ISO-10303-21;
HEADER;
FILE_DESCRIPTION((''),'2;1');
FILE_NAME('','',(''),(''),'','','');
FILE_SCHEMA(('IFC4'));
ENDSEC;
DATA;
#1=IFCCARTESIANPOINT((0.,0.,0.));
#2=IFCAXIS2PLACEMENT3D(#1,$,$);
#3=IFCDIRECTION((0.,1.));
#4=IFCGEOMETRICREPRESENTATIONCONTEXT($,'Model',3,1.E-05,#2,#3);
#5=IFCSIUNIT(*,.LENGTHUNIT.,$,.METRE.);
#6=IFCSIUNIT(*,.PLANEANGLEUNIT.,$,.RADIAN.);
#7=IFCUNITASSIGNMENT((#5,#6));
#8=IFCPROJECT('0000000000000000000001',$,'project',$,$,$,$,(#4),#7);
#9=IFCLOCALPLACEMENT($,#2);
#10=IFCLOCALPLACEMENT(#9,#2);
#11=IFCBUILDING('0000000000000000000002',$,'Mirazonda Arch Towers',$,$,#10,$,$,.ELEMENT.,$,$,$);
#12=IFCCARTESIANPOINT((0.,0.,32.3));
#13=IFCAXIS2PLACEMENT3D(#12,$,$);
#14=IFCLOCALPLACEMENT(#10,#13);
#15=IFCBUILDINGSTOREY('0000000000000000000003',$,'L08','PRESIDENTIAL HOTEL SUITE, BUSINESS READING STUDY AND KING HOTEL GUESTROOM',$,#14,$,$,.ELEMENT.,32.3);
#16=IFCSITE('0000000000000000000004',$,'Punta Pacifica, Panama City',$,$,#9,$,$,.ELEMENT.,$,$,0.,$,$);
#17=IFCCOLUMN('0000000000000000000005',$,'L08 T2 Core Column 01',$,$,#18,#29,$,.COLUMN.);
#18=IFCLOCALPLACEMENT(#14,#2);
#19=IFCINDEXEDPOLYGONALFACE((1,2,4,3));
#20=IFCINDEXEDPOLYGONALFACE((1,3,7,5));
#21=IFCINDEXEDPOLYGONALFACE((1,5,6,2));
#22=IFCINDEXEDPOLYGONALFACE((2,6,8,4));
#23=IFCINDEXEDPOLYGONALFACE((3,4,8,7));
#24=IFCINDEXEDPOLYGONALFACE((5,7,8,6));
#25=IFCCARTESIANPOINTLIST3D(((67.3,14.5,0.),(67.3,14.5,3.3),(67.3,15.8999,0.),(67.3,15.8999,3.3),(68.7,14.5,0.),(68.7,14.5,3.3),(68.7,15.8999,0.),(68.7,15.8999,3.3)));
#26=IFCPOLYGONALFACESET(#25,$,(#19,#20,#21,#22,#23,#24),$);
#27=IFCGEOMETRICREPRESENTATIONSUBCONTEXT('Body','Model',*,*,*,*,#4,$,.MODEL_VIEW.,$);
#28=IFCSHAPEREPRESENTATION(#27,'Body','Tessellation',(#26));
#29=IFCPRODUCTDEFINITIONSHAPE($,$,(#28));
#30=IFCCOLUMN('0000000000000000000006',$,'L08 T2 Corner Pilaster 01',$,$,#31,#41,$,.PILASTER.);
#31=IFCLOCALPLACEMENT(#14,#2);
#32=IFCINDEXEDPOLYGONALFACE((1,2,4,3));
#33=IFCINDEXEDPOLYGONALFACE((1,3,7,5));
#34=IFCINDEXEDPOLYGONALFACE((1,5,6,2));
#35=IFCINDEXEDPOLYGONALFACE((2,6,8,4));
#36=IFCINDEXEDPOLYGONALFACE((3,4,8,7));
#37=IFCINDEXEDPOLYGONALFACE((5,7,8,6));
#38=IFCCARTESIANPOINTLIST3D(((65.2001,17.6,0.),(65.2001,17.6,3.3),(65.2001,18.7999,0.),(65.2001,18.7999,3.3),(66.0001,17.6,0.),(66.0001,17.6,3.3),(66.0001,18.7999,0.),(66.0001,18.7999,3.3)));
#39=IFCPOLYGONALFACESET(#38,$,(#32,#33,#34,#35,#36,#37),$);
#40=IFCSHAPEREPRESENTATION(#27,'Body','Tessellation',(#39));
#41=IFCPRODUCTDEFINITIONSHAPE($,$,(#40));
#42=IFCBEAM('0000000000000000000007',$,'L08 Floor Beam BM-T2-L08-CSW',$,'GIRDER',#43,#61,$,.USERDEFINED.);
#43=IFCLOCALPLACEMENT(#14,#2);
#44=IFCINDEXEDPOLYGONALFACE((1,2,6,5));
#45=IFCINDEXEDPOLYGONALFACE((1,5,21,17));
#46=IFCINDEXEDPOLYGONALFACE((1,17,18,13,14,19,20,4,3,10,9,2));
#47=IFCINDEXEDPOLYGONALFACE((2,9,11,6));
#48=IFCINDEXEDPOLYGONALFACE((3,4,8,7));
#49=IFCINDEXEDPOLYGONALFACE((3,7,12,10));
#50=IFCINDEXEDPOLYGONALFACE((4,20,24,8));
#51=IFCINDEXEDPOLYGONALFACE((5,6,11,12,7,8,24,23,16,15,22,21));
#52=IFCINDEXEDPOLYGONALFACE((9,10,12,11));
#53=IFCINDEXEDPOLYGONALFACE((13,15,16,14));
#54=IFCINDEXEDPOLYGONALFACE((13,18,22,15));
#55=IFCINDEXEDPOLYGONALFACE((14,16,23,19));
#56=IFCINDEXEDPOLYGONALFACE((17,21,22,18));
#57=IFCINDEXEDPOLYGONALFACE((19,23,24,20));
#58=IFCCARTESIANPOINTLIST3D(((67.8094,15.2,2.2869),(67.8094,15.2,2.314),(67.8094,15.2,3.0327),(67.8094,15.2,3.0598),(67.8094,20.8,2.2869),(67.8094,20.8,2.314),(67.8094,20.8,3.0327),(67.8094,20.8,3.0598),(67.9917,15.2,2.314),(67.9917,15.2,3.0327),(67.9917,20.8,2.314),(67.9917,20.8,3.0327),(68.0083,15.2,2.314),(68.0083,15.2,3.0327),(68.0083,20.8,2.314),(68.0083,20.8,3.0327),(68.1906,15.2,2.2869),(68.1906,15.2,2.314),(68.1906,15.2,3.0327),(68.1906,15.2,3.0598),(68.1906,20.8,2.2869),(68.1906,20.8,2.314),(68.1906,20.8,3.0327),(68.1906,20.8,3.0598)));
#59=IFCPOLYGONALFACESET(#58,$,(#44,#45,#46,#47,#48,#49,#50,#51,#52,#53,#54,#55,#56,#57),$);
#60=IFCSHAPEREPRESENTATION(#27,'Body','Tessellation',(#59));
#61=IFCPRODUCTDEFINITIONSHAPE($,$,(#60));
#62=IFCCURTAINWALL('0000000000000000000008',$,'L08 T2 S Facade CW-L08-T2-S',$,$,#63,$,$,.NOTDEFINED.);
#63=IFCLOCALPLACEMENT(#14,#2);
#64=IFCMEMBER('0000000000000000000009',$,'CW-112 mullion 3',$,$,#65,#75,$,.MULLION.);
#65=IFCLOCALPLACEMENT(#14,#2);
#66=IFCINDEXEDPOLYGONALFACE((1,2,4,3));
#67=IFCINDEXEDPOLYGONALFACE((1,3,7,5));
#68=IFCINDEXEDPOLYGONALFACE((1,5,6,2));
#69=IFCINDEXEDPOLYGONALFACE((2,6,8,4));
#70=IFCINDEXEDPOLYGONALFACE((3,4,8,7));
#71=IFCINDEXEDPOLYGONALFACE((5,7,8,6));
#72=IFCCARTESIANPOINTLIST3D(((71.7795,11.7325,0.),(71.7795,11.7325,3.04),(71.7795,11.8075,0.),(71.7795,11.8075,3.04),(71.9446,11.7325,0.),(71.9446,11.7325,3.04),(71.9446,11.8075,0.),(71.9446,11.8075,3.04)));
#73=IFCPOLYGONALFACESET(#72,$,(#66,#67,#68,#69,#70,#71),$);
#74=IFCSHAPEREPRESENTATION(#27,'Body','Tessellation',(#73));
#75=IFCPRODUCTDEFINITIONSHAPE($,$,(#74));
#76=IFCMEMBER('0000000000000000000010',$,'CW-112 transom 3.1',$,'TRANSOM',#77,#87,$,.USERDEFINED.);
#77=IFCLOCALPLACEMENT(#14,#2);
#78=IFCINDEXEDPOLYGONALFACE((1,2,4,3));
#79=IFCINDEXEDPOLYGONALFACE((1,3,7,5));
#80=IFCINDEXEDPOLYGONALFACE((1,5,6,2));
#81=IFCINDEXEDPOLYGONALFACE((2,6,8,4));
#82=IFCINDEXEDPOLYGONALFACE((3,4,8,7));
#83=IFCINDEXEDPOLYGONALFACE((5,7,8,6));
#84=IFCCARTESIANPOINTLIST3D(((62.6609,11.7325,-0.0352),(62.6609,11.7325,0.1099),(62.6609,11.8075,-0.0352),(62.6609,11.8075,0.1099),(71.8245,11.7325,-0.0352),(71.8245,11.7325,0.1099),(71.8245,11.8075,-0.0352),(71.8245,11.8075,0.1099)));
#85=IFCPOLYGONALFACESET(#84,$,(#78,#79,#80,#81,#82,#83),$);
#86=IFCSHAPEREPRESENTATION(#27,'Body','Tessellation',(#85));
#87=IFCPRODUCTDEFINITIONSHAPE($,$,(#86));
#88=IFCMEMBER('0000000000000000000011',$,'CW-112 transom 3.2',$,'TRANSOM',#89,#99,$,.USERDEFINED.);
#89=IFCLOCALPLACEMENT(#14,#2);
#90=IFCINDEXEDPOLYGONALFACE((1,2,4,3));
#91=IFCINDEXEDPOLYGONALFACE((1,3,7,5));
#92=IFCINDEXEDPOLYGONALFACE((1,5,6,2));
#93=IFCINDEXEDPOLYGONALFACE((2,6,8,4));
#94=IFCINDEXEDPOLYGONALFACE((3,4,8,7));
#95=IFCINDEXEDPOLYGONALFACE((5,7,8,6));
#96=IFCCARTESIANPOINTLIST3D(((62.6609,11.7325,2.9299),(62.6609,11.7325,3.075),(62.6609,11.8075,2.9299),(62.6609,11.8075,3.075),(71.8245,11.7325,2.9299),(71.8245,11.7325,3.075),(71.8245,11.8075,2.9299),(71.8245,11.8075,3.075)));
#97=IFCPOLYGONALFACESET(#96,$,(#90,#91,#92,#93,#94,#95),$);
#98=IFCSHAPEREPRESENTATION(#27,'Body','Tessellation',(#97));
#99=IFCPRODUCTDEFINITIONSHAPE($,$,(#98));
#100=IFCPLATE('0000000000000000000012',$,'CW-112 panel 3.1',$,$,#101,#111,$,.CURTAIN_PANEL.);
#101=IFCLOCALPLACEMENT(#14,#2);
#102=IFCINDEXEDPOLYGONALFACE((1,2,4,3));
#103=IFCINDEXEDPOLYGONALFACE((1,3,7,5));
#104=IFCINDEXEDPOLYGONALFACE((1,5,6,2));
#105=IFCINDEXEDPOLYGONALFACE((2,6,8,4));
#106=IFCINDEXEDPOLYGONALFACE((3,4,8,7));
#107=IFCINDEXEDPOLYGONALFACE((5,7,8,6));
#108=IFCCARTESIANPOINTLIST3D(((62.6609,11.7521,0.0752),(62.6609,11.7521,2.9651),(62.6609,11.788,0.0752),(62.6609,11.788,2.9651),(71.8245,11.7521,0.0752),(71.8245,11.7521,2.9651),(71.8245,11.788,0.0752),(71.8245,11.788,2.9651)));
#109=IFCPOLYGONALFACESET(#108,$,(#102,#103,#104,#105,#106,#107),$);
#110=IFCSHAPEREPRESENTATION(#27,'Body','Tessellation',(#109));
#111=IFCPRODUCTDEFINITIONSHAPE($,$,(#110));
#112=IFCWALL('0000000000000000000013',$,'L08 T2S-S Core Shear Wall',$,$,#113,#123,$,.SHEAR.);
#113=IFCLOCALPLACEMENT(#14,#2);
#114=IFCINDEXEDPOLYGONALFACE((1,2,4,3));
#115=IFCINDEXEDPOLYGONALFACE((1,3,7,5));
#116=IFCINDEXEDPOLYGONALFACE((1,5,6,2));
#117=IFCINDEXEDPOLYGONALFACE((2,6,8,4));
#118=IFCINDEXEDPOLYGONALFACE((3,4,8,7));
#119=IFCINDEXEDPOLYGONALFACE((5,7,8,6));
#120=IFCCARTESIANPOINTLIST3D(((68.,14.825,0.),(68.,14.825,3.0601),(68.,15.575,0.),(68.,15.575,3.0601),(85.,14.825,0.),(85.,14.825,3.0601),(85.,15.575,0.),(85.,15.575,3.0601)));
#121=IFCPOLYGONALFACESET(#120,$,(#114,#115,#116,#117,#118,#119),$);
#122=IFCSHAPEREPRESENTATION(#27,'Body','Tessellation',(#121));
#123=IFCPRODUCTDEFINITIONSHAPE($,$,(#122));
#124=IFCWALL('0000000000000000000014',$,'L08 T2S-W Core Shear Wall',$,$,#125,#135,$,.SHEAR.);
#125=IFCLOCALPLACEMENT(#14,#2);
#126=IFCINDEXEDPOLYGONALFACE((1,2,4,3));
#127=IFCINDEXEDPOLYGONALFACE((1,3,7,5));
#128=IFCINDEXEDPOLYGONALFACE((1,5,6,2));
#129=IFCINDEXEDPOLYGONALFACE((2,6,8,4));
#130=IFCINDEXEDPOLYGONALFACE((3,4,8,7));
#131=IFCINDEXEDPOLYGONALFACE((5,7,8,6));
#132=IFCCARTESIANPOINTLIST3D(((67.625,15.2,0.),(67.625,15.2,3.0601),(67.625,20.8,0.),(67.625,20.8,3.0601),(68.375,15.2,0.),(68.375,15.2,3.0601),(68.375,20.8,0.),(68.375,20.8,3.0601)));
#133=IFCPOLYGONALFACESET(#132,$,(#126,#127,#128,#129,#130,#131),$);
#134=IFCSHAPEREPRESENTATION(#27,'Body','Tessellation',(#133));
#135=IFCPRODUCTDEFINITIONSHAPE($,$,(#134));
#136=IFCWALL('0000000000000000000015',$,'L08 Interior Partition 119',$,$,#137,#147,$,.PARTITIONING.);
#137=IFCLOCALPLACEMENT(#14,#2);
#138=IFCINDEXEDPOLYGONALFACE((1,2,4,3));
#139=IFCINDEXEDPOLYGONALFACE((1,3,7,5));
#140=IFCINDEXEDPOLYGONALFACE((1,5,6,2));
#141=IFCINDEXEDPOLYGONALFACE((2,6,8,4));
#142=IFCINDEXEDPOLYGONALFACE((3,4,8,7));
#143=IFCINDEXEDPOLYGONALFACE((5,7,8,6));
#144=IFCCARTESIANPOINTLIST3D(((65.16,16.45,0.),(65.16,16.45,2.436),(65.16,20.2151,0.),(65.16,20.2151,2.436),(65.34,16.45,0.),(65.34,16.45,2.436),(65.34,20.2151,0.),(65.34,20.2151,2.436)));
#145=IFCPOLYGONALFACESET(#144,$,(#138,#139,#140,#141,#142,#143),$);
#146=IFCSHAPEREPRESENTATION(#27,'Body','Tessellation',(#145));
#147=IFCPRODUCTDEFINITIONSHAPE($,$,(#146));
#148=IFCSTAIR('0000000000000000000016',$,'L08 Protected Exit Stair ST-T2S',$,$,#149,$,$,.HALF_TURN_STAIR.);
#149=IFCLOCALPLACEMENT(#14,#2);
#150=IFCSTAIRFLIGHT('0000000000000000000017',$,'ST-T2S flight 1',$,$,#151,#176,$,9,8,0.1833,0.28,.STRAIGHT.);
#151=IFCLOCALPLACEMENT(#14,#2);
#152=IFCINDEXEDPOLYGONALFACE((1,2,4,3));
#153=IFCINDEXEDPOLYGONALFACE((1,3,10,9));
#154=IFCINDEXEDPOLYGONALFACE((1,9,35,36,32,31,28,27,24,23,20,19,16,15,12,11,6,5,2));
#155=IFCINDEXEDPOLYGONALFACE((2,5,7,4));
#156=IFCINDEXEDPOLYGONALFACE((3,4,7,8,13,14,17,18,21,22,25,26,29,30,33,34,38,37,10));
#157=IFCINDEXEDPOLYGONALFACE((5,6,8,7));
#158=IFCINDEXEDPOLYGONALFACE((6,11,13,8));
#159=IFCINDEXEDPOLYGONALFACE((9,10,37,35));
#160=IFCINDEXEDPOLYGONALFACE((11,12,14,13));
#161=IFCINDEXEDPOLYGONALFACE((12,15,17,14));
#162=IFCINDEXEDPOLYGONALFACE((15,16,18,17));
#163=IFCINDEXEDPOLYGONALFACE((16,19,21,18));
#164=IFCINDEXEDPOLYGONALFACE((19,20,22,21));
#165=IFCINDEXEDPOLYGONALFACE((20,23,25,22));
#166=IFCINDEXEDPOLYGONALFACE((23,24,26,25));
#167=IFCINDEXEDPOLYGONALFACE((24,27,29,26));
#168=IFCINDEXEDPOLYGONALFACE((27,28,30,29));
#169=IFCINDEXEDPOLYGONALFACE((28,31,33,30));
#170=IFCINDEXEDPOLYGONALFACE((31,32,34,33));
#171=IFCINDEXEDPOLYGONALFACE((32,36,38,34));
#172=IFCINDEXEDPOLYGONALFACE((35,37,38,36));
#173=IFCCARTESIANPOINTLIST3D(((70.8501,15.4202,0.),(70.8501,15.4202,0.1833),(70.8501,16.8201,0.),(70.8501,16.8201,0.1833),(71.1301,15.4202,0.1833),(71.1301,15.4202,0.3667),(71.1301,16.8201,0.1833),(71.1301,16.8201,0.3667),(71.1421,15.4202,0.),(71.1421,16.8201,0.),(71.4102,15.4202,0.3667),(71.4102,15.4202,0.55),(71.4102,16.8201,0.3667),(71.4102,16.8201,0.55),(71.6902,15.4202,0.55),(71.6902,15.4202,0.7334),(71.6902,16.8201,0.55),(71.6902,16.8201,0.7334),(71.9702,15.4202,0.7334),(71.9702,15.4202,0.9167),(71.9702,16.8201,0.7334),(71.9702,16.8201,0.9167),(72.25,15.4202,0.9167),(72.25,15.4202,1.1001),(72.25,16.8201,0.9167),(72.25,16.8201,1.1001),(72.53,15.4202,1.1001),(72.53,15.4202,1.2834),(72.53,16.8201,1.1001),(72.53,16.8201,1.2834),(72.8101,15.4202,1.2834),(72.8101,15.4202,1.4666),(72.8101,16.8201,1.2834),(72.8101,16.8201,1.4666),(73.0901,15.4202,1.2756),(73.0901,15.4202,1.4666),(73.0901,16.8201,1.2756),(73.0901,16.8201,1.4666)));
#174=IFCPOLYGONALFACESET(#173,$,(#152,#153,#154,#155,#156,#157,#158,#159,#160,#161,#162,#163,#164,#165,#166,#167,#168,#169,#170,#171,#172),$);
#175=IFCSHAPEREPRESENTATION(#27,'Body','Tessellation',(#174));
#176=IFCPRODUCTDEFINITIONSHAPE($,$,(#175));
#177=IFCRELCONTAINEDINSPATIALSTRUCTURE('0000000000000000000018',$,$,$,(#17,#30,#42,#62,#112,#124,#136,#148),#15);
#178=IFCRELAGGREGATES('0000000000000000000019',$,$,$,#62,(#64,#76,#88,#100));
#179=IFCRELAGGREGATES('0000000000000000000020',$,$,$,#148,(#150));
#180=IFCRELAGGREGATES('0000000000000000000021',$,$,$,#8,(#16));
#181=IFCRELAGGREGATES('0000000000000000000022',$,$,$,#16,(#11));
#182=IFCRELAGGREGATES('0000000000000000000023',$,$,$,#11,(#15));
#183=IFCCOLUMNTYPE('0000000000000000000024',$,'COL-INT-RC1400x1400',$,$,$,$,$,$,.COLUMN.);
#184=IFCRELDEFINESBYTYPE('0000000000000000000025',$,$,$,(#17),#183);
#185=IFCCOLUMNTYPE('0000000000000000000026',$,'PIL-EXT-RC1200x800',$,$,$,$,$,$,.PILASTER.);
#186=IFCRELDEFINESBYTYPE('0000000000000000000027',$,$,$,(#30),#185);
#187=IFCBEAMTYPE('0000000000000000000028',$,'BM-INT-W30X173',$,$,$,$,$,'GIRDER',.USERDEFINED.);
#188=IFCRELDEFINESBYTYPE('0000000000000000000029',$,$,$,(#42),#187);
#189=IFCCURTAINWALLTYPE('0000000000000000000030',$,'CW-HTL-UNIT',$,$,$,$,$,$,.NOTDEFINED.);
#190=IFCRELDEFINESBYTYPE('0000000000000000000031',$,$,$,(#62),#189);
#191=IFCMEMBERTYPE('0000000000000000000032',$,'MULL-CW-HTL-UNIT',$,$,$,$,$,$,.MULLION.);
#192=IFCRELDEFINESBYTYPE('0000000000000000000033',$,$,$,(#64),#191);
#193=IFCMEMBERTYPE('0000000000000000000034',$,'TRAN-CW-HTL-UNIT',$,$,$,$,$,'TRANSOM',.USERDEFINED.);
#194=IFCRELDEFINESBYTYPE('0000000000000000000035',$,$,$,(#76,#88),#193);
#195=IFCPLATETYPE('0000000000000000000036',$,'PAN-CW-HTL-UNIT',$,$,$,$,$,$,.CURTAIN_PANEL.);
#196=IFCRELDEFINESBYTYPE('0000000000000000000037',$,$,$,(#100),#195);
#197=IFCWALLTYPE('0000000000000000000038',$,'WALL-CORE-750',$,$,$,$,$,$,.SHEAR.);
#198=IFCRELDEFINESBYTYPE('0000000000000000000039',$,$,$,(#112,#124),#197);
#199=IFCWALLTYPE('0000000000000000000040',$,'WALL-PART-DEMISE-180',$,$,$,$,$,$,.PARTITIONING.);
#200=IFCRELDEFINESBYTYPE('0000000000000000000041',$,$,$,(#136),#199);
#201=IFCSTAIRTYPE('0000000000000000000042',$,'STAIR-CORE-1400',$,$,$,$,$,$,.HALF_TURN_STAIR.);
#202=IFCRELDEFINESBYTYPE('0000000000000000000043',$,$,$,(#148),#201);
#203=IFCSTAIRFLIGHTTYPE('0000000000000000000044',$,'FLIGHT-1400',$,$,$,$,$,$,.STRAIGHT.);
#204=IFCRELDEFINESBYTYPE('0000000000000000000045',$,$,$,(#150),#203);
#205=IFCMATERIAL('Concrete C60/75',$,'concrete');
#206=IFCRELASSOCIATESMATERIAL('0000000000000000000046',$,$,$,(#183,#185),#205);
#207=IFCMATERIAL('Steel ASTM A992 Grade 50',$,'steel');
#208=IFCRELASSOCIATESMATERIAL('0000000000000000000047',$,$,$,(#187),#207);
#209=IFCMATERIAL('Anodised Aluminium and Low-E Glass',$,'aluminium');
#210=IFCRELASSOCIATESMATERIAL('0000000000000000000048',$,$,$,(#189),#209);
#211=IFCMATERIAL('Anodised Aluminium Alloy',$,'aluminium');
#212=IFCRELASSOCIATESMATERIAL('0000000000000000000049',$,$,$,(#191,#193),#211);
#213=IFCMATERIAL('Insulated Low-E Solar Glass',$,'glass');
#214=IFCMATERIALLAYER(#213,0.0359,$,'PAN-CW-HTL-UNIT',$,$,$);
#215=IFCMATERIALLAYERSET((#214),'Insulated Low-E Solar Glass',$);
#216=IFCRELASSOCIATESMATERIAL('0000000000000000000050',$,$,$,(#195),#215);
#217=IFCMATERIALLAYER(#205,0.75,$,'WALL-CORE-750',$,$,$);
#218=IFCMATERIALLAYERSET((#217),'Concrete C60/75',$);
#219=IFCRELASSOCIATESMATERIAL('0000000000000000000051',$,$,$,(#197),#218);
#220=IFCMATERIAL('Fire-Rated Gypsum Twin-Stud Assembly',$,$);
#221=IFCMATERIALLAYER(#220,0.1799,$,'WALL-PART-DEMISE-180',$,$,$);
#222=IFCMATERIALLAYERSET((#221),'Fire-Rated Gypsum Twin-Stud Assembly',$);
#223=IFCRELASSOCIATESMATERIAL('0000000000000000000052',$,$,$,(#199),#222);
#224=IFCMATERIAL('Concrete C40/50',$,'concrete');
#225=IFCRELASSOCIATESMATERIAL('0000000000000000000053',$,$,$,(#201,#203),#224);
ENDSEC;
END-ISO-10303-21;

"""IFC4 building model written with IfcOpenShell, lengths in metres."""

from ifc_helpers import new_model, si_unit, direction, frame, frame_2d, origin, origin_2d, place, context, subcontext, project, spatial, polyline, rectangle, i_section, outline, extrude, material, layer, layer_set, material_profile, profile_set, type_object, element, aggregate, save


model = new_model("IFC4")

# Units and contexts
model_context = context("Model", 3, precision=1e-05, world=origin(), true_north=direction((0.0, 1.0)))
body_context = subcontext(model_context, "Body", "Model", "MODEL_VIEW")
ifc_project = project(units=[si_unit("LENGTHUNIT", "METRE"), si_unit("PLANEANGLEUNIT", "RADIAN")], contexts=[model_context])

# Site, building, storey
site_placement = place(None, origin())
site = spatial("IfcSite", under=ifc_project, at=site_placement, Name="Punta Pacifica, Panama City", CompositionType="ELEMENT", RefElevation=0.0)
building_placement = place(site_placement, origin())
building = spatial("IfcBuilding", under=site, at=building_placement, Name="Mirazonda Arch Towers", CompositionType="ELEMENT")
storey_placement = place(building_placement, frame((0.0, 0.0, 32.3)))
storey = spatial("IfcBuildingStorey", under=building, at=storey_placement, Name="L08", Description="PRESIDENTIAL HOTEL SUITE, BUSINESS READING STUDY AND KING HOTEL GUESTROOM", CompositionType="ELEMENT", Elevation=32.3)

# Columns
ifc_material_1 = material(Name="Concrete C60/75", Category="concrete")
ifc_material_profile_1 = material_profile(ifc_material_1, rectangle(XDim=1.3999, YDim=1.3999, at=origin_2d()), Name="RC1400x1400")
ifc_profile_set_1 = profile_set([ifc_material_profile_1], Name="Concrete C60/75")
column_type_1 = type_object("IfcColumnType", Name="COL-INT-RC1400x1400", PredefinedType="COLUMN", material=ifc_profile_set_1)
column_1_placement = place(storey_placement, frame((68.0, 15.2, 0.0), z_axis=(0.0, 0.0, 1.0), x_axis=(1.0, 0.0, 0.0)))
element("IfcColumn", 1, at=column_1_placement, inside=storey, type_object=column_type_1, Name="L08 T2 Core Column 01", PredefinedType="COLUMN", context=body_context, shape_type="SweptSolid", body=[
    extrude(rectangle(XDim=1.3999, YDim=1.3999, at=origin_2d()), origin(), (0.0, 0.0, 1.0), 3.3),
])
ifc_material_profile_2 = material_profile(ifc_material_1, rectangle(XDim=0.8, YDim=1.2, at=origin_2d()), Name="RC1200x800")
ifc_profile_set_2 = profile_set([ifc_material_profile_2], Name="Concrete C60/75")
column_type_2 = type_object("IfcColumnType", Name="PIL-EXT-RC1200x800", PredefinedType="PILASTER", material=ifc_profile_set_2)
column_2_placement = place(storey_placement, frame((65.6001, 18.2, 0.0), z_axis=(0.0, 0.0, 1.0), x_axis=(1.0, 0.0, 0.0)))
element("IfcColumn", 2, at=column_2_placement, inside=storey, type_object=column_type_2, Name="L08 T2 Corner Pilaster 01", PredefinedType="PILASTER", context=body_context, shape_type="SweptSolid", body=[
    extrude(rectangle(XDim=0.8, YDim=1.2, at=origin_2d()), origin(), (0.0, 0.0, 1.0), 3.3),
])

# Beam
ifc_material_2 = material(Name="Steel ASTM A992 Grade 50", Category="steel")
ifc_material_profile_3 = material_profile(ifc_material_2, i_section(OverallWidth=0.3811, OverallDepth=0.7729, WebThickness=0.0166, FlangeThickness=0.0271, at=origin_2d()), Name="W30X173")
ifc_profile_set_3 = profile_set([ifc_material_profile_3], Name="Steel ASTM A992 Grade 50")
beam_type = type_object("IfcBeamType", Name="BM-INT-W30X173", ElementType="GIRDER", PredefinedType="USERDEFINED", material=ifc_profile_set_3)
beam_placement = place(storey_placement, frame((68.0, 15.2, 2.6733), z_axis=(0.0, 1.0, 0.0), x_axis=(-1.0, 0.0, 0.0)))
element("IfcBeam", 3, at=beam_placement, inside=storey, type_object=beam_type, Name="L08 Floor Beam BM-T2-L08-CSW", ObjectType="GIRDER", PredefinedType="USERDEFINED", context=body_context, shape_type="SweptSolid", body=[
    extrude(i_section(OverallWidth=0.3811, OverallDepth=0.7729, WebThickness=0.0166, FlangeThickness=0.0271, at=origin_2d()), origin(), (0.0, 0.0, 1.0), 5.6001),
])

# Curtain wall, members, plate
ifc_material_3 = material(Name="Anodised Aluminium and Low-E Glass", Category="aluminium")
curtain_wall_type = type_object("IfcCurtainWallType", Name="CW-HTL-UNIT", PredefinedType="NOTDEFINED", material=ifc_material_3)
curtain_wall_placement = place(storey_placement, origin())
curtain_wall = element("IfcCurtainWall", 4, at=curtain_wall_placement, inside=storey, type_object=curtain_wall_type, Name="L08 T2 S Facade CW-L08-T2-S", PredefinedType="NOTDEFINED")
ifc_material_4 = material(Name="Anodised Aluminium Alloy", Category="aluminium")
ifc_material_profile_4 = material_profile(ifc_material_4, rectangle(XDim=0.075, YDim=0.165, at=origin_2d()), Name="ALU-MULL-75x165")
ifc_profile_set_4 = profile_set([ifc_material_profile_4], Name="Anodised Aluminium Alloy")
member_type_1 = type_object("IfcMemberType", Name="MULL-CW-HTL-UNIT", PredefinedType="MULLION", material=ifc_profile_set_4)
member_1_placement = place(storey_placement, frame((71.8621, 11.77, 0.0), z_axis=(0.0, 0.0, 1.0), x_axis=(0.0, -1.0, 0.0)))
member_1 = element("IfcMember", 5, at=member_1_placement, type_object=member_type_1, Name="CW-112 mullion 3", PredefinedType="MULLION", context=body_context, shape_type="SweptSolid", body=[
    extrude(rectangle(XDim=0.075, YDim=0.165, at=origin_2d()), origin(), (0.0, 0.0, 1.0), 3.04),
])
ifc_material_profile_5 = material_profile(ifc_material_4, rectangle(XDim=0.075, YDim=0.145, at=origin_2d()), Name="ALU-TRAN-75x145")
ifc_profile_set_5 = profile_set([ifc_material_profile_5], Name="Anodised Aluminium Alloy")
member_type_2 = type_object("IfcMemberType", Name="TRAN-CW-HTL-UNIT", ElementType="TRANSOM", PredefinedType="USERDEFINED", material=ifc_profile_set_5)
member_2_placement = place(storey_placement, frame((71.8245, 11.77, 0.0374), z_axis=(-1.0, 0.0, 0.0), x_axis=(0.0, -1.0, 0.0)))
member_2 = element("IfcMember", 6, at=member_2_placement, type_object=member_type_2, Name="CW-112 transom 3.1", ObjectType="TRANSOM", PredefinedType="USERDEFINED", context=body_context, shape_type="SweptSolid", body=[
    extrude(rectangle(XDim=0.075, YDim=0.145, at=origin_2d()), origin(), (0.0, 0.0, 1.0), 9.1636),
])
member_3_placement = place(storey_placement, frame((71.8245, 11.77, 3.0024), z_axis=(-1.0, 0.0, 0.0), x_axis=(0.0, -1.0, 0.0)))
member_3 = element("IfcMember", 7, at=member_3_placement, type_object=member_type_2, Name="CW-112 transom 3.2", ObjectType="TRANSOM", PredefinedType="USERDEFINED", context=body_context, shape_type="SweptSolid", body=[
    extrude(rectangle(XDim=0.075, YDim=0.145, at=origin_2d()), origin(), (0.0, 0.0, 1.0), 9.1636),
])
ifc_material_5 = material(Name="Insulated Low-E Solar Glass", Category="glass")
ifc_layer_1 = layer(ifc_material_5, 0.0359, Name="PAN-CW-HTL-UNIT")
ifc_layer_set_1 = layer_set([ifc_layer_1], Name="Insulated Low-E Solar Glass")
plate_type = type_object("IfcPlateType", Name="PAN-CW-HTL-UNIT", PredefinedType="CURTAIN_PANEL", material=ifc_layer_set_1)
plate_placement = place(storey_placement, frame((67.2427, 11.77, 0.0752), z_axis=(0.0, 0.0, 1.0), x_axis=(-1.0, 0.0, 0.0)))
plate = element("IfcPlate", 8, at=plate_placement, type_object=plate_type, Name="CW-112 panel 3.1", PredefinedType="CURTAIN_PANEL", context=body_context, shape_type="SweptSolid", body=[
    extrude(rectangle(XDim=9.1636, YDim=0.0359, at=origin_2d()), origin(), (0.0, 0.0, 1.0), 2.8899),
])
aggregate(curtain_wall, [member_1, member_2, member_3, plate])

# Walls
ifc_layer_2 = layer(ifc_material_1, 0.75, Name="WALL-CORE-750")
ifc_layer_set_2 = layer_set([ifc_layer_2], Name="Concrete C60/75")
wall_type_1 = type_object("IfcWallType", Name="WALL-CORE-750", PredefinedType="SHEAR", material=ifc_layer_set_2)
wall_1_placement = place(storey_placement, frame((68.0, 15.2, 0.0), z_axis=(0.0, 0.0, 1.0), x_axis=(1.0, 0.0, 0.0)))
element("IfcWall", 9, at=wall_1_placement, inside=storey, type_object=wall_type_1, Name="L08 T2S-S Core Shear Wall", PredefinedType="SHEAR", context=body_context, shape_type="SweptSolid", body=[
    extrude(rectangle(XDim=17.0, YDim=0.75, at=frame_2d((8.5, 0.0))), origin(), (0.0, 0.0, 1.0), 3.0601),
])
wall_2_placement = place(storey_placement, frame((68.0, 15.2, 0.0), z_axis=(0.0, 0.0, 1.0), x_axis=(0.0, 1.0, 0.0)))
element("IfcWall", 10, at=wall_2_placement, inside=storey, type_object=wall_type_1, Name="L08 T2S-W Core Shear Wall", PredefinedType="SHEAR", context=body_context, shape_type="SweptSolid", body=[
    extrude(rectangle(XDim=5.6001, YDim=0.75, at=frame_2d((2.8, 0.0))), origin(), (0.0, 0.0, 1.0), 3.0601),
])
ifc_material_6 = material(Name="Fire-Rated Gypsum Twin-Stud Assembly")
ifc_layer_3 = layer(ifc_material_6, 0.1799, Name="WALL-PART-DEMISE-180")
ifc_layer_set_3 = layer_set([ifc_layer_3], Name="Fire-Rated Gypsum Twin-Stud Assembly")
wall_type_2 = type_object("IfcWallType", Name="WALL-PART-DEMISE-180", PredefinedType="PARTITIONING", material=ifc_layer_set_3)
wall_3_placement = place(storey_placement, frame((65.25, 16.45, 0.0), z_axis=(0.0, 0.0, 1.0), x_axis=(0.0, 1.0, 0.0)))
element("IfcWall", 11, at=wall_3_placement, inside=storey, type_object=wall_type_2, Name="L08 Interior Partition 119", PredefinedType="PARTITIONING", context=body_context, shape_type="SweptSolid", body=[
    extrude(rectangle(XDim=3.7651, YDim=0.1799, at=frame_2d((1.8826, 0.0))), origin(), (0.0, 0.0, 1.0), 2.436),
])

# Stair, stair flight
ifc_material_7 = material(Name="Concrete C40/50", Category="concrete")
stair_type = type_object("IfcStairType", Name="STAIR-CORE-1400", PredefinedType="HALF_TURN_STAIR", material=ifc_material_7)
stair_placement = place(storey_placement, origin())
stair = element("IfcStair", 12, at=stair_placement, inside=storey, type_object=stair_type, Name="L08 Protected Exit Stair ST-T2S", PredefinedType="HALF_TURN_STAIR")
stair_flight_type = type_object("IfcStairFlightType", Name="FLIGHT-1400", PredefinedType="STRAIGHT", material=ifc_material_7)
stair_flight_placement = place(storey_placement, frame((70.8501, 16.1201, 0.0), z_axis=(0.0, 0.0, 1.0), x_axis=(1.0, 0.0, 0.0)))
stair_flight = element("IfcStairFlight", 13, at=stair_flight_placement, type_object=stair_flight_type, Name="ST-T2S flight 1", NumberOfRisers=9, NumberOfTreads=8, PredefinedType="STRAIGHT", RiserHeight=0.1833, TreadLength=0.28, context=body_context, shape_type="SweptSolid", body=[
    extrude(outline(polyline([(0.0, 0.0), (0.0, 0.1833), (0.28, 0.1833), (0.28, 0.3667), (0.5601, 0.3667), (0.5601, 0.55), (0.8401, 0.55), (0.8401, 0.7334), (1.1201, 0.7334), (1.1201, 0.9167), (1.3999, 0.9167), (1.3999, 1.1001), (1.6799, 1.1001), (1.6799, 1.2834), (1.96, 1.2834), (1.96, 1.4666), (2.24, 1.4666), (2.24, 1.6499), (2.24, 1.2756), (0.292, 0.0), (0.0, 0.0)])), frame((0.0, 0.7, 0.0), z_axis=(0.0, -1.0, 0.0), x_axis=(1.0, 0.0, 0.0)), (0.0, 0.0, 1.0), 1.3999),
])
aggregate(stair, [stair_flight])

save(model, "model.ifc")
